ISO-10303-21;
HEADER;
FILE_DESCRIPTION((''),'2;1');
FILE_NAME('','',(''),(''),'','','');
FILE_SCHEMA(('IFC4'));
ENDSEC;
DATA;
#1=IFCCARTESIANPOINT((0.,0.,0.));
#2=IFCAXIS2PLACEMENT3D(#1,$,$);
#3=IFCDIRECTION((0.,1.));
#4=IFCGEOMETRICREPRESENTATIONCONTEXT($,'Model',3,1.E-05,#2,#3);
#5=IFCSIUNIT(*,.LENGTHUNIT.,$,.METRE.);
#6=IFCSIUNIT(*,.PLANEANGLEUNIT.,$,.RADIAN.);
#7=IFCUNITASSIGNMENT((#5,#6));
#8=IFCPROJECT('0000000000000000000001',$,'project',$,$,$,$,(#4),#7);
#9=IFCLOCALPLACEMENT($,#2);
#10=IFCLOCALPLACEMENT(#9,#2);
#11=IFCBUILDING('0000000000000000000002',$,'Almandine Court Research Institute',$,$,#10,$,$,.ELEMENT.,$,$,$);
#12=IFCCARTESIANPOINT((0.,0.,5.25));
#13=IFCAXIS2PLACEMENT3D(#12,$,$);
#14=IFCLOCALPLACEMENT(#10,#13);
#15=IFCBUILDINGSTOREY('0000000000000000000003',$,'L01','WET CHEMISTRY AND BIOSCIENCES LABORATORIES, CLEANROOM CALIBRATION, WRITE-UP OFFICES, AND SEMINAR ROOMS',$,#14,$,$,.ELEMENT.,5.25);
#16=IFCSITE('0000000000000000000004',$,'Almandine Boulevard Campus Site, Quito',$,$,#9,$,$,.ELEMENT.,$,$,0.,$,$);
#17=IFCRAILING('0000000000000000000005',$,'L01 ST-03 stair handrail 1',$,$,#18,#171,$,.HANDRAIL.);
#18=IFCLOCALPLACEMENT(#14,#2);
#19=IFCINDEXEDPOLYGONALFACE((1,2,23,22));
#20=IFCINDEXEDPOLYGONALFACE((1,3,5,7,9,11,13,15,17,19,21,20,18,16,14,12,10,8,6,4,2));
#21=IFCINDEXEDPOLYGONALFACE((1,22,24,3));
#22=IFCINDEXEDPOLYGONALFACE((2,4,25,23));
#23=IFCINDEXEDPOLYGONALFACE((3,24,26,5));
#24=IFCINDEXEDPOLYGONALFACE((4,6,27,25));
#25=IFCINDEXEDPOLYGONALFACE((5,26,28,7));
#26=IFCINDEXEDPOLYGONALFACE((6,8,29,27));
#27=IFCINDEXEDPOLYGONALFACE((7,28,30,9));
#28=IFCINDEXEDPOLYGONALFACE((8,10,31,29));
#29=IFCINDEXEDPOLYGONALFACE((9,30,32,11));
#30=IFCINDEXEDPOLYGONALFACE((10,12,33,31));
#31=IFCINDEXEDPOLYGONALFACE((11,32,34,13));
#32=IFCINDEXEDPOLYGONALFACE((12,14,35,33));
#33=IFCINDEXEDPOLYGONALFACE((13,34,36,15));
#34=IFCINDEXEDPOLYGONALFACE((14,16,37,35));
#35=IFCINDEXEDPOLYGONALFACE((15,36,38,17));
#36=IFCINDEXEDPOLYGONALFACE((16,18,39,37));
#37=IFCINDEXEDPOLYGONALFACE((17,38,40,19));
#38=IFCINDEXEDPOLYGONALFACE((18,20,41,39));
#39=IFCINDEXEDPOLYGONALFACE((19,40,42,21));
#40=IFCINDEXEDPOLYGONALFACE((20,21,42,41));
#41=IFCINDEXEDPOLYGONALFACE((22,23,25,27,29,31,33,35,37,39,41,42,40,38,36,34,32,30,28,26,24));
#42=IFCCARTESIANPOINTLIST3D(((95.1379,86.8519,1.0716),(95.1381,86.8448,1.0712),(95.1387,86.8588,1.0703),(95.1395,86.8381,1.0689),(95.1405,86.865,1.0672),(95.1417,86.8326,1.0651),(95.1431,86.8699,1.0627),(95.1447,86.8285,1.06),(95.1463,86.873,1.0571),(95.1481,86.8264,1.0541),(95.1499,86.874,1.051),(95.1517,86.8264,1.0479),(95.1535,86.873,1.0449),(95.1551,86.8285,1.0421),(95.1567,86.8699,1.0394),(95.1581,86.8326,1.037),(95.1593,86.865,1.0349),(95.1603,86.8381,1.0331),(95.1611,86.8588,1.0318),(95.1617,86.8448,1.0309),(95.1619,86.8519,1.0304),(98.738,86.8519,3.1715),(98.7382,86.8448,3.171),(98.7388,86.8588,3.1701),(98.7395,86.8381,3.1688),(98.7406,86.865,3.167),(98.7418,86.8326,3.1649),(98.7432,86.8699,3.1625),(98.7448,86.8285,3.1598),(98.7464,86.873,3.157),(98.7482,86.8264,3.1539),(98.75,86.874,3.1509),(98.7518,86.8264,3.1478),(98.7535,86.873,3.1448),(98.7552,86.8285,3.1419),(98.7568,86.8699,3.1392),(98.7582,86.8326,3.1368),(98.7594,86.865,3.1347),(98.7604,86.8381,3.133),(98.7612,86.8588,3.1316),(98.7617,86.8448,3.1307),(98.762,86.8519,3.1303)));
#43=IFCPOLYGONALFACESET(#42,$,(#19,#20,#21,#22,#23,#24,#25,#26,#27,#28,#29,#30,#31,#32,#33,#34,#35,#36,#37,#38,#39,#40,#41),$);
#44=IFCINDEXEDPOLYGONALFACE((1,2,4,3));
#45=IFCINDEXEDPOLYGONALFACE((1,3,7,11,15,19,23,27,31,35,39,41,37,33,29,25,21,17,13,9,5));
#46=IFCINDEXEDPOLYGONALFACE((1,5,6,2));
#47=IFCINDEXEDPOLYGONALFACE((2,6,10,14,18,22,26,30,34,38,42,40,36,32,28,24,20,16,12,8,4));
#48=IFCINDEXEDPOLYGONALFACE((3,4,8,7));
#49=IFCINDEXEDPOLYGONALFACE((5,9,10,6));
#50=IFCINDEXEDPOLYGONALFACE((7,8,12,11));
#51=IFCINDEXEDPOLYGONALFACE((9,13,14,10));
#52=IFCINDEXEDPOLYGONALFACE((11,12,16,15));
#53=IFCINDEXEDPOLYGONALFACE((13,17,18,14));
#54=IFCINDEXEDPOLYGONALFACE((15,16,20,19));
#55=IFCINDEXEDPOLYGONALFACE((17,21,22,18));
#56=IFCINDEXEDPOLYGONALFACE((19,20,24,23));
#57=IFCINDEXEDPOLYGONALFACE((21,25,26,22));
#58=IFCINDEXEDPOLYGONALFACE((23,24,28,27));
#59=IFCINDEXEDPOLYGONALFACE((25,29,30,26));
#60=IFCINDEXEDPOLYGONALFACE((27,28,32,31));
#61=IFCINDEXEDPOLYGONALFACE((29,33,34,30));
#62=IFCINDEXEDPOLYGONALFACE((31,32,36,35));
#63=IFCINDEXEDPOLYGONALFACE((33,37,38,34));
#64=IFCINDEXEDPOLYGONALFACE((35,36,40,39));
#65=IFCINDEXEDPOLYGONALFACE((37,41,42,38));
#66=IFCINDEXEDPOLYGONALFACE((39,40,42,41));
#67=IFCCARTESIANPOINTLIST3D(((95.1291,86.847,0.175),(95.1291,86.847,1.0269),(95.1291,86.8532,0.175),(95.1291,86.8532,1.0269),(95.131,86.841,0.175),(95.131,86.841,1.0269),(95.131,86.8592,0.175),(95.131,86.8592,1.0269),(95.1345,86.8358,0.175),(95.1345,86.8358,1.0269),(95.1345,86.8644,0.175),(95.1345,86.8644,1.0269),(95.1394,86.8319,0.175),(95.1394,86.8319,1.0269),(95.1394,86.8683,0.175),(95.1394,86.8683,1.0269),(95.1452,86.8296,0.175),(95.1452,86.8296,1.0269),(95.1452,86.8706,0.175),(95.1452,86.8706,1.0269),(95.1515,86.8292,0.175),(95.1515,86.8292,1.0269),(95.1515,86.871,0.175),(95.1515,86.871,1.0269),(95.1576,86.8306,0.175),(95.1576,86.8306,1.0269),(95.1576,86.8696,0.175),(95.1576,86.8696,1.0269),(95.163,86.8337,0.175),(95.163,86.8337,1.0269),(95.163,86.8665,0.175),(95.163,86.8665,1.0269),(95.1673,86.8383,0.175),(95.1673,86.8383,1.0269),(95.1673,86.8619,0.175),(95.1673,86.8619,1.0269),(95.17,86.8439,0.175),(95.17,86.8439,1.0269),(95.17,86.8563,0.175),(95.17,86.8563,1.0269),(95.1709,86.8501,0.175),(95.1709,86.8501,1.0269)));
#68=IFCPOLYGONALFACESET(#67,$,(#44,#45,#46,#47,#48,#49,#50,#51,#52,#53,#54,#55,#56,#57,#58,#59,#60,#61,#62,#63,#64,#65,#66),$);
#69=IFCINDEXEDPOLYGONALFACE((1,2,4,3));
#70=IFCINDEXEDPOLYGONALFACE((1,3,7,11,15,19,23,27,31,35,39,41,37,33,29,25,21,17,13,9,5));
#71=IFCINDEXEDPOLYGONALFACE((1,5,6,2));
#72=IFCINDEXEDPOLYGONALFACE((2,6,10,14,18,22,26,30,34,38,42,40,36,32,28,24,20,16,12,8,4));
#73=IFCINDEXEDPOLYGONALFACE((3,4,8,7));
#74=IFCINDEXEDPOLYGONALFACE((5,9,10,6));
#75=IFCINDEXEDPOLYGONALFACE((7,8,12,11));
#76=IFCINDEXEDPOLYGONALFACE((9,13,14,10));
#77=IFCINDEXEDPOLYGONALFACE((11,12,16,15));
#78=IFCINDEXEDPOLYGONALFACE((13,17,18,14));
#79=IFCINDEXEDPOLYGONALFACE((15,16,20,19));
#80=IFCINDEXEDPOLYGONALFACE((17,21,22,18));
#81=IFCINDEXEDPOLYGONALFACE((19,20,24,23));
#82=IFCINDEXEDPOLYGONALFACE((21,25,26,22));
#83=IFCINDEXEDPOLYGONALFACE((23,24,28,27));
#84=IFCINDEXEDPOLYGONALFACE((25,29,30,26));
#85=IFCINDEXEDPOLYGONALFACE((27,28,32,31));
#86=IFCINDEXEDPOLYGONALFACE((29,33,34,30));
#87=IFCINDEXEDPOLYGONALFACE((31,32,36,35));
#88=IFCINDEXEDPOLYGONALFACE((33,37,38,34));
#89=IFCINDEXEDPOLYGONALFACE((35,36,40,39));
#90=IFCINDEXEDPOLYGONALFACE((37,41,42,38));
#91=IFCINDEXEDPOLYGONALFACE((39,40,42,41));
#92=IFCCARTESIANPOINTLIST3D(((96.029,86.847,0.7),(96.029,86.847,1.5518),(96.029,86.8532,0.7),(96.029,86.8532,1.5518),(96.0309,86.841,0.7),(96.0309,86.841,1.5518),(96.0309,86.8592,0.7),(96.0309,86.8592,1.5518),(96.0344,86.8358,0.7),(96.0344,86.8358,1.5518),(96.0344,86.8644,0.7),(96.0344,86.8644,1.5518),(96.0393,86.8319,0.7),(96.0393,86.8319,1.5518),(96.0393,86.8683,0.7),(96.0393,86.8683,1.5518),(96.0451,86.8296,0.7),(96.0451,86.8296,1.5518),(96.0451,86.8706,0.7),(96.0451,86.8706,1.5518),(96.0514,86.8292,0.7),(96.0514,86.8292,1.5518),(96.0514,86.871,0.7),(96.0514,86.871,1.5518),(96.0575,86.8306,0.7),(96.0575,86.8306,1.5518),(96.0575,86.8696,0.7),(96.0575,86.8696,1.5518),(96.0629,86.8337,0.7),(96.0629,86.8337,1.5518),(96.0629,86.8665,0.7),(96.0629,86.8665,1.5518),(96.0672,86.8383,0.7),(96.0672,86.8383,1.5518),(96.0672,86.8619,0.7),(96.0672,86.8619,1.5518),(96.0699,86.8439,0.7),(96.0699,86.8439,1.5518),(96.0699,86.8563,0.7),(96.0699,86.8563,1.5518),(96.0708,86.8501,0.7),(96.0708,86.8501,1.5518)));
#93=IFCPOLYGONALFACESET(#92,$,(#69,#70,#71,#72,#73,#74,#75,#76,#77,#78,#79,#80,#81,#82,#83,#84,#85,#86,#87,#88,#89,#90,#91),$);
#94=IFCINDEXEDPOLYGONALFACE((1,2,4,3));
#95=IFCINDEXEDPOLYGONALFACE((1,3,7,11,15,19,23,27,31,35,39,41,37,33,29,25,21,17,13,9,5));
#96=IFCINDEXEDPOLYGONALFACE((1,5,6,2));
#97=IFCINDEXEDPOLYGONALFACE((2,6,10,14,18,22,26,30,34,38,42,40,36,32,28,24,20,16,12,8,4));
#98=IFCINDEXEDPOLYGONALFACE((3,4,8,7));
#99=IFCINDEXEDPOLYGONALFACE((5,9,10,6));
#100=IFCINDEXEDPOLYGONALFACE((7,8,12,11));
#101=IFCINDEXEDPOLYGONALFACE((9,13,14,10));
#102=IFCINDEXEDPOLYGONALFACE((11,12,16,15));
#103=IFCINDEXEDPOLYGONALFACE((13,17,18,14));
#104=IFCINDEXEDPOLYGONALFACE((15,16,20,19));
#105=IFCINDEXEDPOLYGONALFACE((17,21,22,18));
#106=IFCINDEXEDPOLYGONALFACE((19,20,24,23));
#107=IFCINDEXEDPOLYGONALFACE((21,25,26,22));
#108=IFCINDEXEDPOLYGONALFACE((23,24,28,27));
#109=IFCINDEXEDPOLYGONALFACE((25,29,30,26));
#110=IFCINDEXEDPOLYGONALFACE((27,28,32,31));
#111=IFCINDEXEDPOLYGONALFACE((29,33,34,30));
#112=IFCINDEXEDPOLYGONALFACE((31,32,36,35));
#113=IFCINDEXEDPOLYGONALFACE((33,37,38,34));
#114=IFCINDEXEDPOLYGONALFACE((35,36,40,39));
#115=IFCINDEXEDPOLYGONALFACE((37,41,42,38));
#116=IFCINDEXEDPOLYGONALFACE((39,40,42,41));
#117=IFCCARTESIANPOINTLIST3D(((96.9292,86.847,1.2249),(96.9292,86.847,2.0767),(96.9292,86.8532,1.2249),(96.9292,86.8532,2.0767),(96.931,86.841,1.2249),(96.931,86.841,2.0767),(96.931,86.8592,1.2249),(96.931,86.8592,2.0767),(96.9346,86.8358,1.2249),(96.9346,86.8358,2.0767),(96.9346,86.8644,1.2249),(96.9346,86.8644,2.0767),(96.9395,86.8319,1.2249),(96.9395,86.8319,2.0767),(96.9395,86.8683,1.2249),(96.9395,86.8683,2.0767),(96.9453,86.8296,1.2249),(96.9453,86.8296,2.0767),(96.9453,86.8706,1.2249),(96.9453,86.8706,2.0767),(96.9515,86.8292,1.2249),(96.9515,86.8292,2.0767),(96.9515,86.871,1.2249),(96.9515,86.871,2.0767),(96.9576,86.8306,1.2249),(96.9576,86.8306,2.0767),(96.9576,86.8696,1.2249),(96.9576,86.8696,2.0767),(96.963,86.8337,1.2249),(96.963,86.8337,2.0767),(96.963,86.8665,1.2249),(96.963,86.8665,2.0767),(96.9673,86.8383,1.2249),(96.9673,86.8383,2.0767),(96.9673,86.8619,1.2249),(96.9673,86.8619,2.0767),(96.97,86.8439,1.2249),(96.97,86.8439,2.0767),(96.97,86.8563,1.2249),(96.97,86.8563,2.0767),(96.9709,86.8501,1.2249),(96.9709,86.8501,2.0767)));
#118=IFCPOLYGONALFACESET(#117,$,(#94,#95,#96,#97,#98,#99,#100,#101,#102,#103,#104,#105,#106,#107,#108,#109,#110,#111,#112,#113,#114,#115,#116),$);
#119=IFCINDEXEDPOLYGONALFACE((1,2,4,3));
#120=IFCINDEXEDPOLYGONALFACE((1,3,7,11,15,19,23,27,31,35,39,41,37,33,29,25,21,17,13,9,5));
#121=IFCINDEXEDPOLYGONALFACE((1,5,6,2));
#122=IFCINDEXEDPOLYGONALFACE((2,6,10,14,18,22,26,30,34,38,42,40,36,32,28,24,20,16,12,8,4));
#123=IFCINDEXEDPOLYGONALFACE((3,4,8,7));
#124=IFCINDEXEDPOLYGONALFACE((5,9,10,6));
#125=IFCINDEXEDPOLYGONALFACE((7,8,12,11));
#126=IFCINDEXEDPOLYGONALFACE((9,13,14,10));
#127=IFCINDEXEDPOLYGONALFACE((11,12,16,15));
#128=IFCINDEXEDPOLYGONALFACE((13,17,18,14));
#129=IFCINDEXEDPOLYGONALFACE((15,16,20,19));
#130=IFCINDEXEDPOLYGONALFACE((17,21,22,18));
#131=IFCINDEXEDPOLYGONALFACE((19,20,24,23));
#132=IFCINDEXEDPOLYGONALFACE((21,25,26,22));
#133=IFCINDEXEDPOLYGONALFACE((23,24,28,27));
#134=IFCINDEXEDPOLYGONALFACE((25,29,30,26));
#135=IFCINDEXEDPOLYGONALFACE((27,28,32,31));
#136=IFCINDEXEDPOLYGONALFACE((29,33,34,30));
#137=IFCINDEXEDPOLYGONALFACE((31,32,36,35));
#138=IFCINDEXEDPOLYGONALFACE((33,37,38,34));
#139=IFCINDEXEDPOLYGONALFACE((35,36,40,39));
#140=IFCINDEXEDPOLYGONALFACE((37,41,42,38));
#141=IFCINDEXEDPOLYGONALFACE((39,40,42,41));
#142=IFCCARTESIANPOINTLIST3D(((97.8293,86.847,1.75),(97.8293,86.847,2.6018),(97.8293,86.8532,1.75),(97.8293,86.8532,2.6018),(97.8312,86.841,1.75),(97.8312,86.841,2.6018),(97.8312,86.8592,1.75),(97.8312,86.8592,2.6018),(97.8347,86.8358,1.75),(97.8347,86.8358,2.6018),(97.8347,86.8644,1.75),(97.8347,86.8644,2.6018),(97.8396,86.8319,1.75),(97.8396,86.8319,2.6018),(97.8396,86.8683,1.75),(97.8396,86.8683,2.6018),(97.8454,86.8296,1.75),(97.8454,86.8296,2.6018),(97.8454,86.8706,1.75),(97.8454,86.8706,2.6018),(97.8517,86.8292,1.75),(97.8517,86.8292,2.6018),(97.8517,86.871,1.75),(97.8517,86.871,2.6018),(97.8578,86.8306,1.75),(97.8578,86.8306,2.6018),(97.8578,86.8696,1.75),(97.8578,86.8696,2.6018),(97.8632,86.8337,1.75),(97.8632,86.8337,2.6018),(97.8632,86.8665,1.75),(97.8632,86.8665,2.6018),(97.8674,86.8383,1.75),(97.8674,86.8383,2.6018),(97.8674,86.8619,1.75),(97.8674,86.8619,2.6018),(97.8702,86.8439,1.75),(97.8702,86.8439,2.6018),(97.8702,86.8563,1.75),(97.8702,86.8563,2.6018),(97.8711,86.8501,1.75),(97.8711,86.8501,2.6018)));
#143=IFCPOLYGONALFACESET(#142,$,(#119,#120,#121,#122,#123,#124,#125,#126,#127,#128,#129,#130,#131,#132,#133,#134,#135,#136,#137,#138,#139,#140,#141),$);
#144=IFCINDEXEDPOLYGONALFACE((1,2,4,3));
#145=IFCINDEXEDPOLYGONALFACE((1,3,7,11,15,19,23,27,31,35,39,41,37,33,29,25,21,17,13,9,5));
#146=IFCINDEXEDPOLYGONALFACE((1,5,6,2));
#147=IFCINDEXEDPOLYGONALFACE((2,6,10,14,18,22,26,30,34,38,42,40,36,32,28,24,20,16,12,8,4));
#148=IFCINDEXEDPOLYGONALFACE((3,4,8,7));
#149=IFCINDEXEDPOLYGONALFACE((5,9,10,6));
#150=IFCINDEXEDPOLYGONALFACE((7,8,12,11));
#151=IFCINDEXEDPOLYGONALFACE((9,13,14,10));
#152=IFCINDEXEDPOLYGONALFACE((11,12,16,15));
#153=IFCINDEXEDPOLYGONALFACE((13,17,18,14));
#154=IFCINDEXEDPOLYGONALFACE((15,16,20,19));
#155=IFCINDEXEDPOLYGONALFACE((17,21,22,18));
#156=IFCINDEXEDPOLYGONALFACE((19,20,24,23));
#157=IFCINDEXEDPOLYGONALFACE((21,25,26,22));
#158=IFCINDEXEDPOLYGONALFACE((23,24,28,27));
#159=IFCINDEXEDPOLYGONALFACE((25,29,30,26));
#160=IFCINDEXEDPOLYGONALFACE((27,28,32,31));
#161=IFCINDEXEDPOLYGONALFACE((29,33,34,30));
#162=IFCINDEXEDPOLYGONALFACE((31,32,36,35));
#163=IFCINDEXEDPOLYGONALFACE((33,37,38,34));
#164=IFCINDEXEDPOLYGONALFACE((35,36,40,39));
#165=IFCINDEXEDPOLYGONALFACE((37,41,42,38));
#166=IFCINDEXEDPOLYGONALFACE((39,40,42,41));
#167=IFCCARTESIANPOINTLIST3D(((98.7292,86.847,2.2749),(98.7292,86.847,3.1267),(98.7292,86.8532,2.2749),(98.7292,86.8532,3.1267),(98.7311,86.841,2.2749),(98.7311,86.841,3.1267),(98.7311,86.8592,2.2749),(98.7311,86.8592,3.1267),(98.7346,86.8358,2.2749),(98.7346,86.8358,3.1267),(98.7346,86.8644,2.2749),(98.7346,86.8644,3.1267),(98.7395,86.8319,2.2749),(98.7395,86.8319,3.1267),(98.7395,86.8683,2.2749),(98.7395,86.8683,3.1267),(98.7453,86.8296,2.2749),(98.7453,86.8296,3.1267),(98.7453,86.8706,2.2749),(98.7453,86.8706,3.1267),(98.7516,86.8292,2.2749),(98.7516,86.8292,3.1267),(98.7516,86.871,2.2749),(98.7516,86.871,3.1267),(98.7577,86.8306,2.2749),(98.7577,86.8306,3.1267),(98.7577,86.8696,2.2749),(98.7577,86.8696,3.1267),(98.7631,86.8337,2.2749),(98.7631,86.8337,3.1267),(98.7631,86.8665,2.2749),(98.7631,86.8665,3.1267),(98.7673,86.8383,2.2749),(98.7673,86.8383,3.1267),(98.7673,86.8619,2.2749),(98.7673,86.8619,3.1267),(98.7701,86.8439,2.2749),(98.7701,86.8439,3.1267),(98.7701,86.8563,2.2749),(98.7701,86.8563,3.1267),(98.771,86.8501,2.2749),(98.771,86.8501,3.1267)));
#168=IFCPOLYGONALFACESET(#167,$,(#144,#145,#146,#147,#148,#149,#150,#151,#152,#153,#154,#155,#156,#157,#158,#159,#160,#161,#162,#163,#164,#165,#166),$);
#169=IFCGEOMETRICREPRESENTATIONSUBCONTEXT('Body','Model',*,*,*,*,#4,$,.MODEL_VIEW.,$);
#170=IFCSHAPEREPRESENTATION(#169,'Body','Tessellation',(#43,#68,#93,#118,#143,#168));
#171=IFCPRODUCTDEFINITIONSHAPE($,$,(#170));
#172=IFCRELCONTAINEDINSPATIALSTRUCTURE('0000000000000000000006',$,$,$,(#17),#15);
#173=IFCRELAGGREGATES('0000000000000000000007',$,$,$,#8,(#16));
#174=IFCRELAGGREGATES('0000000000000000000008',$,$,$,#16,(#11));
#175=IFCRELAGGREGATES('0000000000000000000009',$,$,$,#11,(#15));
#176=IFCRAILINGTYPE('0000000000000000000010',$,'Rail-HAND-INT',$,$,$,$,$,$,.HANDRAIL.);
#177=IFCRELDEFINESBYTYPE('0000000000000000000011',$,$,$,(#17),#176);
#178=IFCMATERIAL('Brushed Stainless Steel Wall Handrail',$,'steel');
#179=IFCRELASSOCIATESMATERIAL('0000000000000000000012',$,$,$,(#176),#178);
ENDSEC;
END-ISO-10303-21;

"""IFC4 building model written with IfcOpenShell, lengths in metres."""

from ifc_helpers import new_model, si_unit, direction, frame, origin, origin_2d, place, context, subcontext, project, spatial, circle, extrude, material, type_object, element, save


model = new_model("IFC4")

# Units and contexts
model_context = context("Model", 3, precision=1e-05, world=origin(), true_north=direction((0.0, 1.0)))
body_context = subcontext(model_context, "Body", "Model", "MODEL_VIEW")
ifc_project = project(units=[si_unit("LENGTHUNIT", "METRE"), si_unit("PLANEANGLEUNIT", "RADIAN")], contexts=[model_context])

# Site, building, storey
site_placement = place(None, origin())
site = spatial("IfcSite", under=ifc_project, at=site_placement, Name="Almandine Boulevard Campus Site, Quito", CompositionType="ELEMENT", RefElevation=0.0)
building_placement = place(site_placement, origin())
building = spatial("IfcBuilding", under=site, at=building_placement, Name="Almandine Court Research Institute", CompositionType="ELEMENT")
storey_placement = place(building_placement, frame((0.0, 0.0, 5.25)))
storey = spatial("IfcBuildingStorey", under=building, at=storey_placement, Name="L01", Description="WET CHEMISTRY AND BIOSCIENCES LABORATORIES, CLEANROOM CALIBRATION, WRITE-UP OFFICES, AND SEMINAR ROOMS", CompositionType="ELEMENT", Elevation=5.25)

# Railing
ifc_material_1 = material(Name="Brushed Stainless Steel Wall Handrail", Category="steel")
railing_type_1 = type_object("IfcRailingType", Name="Rail-HAND-INT", PredefinedType="HANDRAIL", material=ifc_material_1)
railing_1_placement = place(storey_placement, frame((95.1499, 86.8501, 0.175)))
element("IfcRailing", 1, at=railing_1_placement, inside=storey, type_object=railing_type_1, Name="L01 ST-03 stair handrail 1", PredefinedType="HANDRAIL", context=body_context, shape_type="SweptSolid", body=[
    extrude(circle(Radius=0.0239, at=origin_2d()), frame((0.0, 0.0, 0.876), z_axis=(0.8638, 0.0, 0.503835), x_axis=(0.0, 1.0, 0.0)), (0.0, 0.0, 1.0), 4.1677),
    extrude(circle(Radius=0.021, at=origin_2d()), origin(), (0.0, 0.0, 1.0), 0.8518),
    extrude(circle(Radius=0.021, at=origin_2d()), frame((0.8999, 0.0, 0.5249)), (0.0, 0.0, 1.0), 0.8518),
    extrude(circle(Radius=0.021, at=origin_2d()), frame((1.8, 0.0, 1.0498)), (0.0, 0.0, 1.0), 0.8518),
    extrude(circle(Radius=0.021, at=origin_2d()), frame((2.7002, 0.0, 1.575)), (0.0, 0.0, 1.0), 0.8518),
    extrude(circle(Radius=0.021, at=origin_2d()), frame((3.6001, 0.0, 2.0999)), (0.0, 0.0, 1.0), 0.8518),
])

save(model, "model.ifc")
